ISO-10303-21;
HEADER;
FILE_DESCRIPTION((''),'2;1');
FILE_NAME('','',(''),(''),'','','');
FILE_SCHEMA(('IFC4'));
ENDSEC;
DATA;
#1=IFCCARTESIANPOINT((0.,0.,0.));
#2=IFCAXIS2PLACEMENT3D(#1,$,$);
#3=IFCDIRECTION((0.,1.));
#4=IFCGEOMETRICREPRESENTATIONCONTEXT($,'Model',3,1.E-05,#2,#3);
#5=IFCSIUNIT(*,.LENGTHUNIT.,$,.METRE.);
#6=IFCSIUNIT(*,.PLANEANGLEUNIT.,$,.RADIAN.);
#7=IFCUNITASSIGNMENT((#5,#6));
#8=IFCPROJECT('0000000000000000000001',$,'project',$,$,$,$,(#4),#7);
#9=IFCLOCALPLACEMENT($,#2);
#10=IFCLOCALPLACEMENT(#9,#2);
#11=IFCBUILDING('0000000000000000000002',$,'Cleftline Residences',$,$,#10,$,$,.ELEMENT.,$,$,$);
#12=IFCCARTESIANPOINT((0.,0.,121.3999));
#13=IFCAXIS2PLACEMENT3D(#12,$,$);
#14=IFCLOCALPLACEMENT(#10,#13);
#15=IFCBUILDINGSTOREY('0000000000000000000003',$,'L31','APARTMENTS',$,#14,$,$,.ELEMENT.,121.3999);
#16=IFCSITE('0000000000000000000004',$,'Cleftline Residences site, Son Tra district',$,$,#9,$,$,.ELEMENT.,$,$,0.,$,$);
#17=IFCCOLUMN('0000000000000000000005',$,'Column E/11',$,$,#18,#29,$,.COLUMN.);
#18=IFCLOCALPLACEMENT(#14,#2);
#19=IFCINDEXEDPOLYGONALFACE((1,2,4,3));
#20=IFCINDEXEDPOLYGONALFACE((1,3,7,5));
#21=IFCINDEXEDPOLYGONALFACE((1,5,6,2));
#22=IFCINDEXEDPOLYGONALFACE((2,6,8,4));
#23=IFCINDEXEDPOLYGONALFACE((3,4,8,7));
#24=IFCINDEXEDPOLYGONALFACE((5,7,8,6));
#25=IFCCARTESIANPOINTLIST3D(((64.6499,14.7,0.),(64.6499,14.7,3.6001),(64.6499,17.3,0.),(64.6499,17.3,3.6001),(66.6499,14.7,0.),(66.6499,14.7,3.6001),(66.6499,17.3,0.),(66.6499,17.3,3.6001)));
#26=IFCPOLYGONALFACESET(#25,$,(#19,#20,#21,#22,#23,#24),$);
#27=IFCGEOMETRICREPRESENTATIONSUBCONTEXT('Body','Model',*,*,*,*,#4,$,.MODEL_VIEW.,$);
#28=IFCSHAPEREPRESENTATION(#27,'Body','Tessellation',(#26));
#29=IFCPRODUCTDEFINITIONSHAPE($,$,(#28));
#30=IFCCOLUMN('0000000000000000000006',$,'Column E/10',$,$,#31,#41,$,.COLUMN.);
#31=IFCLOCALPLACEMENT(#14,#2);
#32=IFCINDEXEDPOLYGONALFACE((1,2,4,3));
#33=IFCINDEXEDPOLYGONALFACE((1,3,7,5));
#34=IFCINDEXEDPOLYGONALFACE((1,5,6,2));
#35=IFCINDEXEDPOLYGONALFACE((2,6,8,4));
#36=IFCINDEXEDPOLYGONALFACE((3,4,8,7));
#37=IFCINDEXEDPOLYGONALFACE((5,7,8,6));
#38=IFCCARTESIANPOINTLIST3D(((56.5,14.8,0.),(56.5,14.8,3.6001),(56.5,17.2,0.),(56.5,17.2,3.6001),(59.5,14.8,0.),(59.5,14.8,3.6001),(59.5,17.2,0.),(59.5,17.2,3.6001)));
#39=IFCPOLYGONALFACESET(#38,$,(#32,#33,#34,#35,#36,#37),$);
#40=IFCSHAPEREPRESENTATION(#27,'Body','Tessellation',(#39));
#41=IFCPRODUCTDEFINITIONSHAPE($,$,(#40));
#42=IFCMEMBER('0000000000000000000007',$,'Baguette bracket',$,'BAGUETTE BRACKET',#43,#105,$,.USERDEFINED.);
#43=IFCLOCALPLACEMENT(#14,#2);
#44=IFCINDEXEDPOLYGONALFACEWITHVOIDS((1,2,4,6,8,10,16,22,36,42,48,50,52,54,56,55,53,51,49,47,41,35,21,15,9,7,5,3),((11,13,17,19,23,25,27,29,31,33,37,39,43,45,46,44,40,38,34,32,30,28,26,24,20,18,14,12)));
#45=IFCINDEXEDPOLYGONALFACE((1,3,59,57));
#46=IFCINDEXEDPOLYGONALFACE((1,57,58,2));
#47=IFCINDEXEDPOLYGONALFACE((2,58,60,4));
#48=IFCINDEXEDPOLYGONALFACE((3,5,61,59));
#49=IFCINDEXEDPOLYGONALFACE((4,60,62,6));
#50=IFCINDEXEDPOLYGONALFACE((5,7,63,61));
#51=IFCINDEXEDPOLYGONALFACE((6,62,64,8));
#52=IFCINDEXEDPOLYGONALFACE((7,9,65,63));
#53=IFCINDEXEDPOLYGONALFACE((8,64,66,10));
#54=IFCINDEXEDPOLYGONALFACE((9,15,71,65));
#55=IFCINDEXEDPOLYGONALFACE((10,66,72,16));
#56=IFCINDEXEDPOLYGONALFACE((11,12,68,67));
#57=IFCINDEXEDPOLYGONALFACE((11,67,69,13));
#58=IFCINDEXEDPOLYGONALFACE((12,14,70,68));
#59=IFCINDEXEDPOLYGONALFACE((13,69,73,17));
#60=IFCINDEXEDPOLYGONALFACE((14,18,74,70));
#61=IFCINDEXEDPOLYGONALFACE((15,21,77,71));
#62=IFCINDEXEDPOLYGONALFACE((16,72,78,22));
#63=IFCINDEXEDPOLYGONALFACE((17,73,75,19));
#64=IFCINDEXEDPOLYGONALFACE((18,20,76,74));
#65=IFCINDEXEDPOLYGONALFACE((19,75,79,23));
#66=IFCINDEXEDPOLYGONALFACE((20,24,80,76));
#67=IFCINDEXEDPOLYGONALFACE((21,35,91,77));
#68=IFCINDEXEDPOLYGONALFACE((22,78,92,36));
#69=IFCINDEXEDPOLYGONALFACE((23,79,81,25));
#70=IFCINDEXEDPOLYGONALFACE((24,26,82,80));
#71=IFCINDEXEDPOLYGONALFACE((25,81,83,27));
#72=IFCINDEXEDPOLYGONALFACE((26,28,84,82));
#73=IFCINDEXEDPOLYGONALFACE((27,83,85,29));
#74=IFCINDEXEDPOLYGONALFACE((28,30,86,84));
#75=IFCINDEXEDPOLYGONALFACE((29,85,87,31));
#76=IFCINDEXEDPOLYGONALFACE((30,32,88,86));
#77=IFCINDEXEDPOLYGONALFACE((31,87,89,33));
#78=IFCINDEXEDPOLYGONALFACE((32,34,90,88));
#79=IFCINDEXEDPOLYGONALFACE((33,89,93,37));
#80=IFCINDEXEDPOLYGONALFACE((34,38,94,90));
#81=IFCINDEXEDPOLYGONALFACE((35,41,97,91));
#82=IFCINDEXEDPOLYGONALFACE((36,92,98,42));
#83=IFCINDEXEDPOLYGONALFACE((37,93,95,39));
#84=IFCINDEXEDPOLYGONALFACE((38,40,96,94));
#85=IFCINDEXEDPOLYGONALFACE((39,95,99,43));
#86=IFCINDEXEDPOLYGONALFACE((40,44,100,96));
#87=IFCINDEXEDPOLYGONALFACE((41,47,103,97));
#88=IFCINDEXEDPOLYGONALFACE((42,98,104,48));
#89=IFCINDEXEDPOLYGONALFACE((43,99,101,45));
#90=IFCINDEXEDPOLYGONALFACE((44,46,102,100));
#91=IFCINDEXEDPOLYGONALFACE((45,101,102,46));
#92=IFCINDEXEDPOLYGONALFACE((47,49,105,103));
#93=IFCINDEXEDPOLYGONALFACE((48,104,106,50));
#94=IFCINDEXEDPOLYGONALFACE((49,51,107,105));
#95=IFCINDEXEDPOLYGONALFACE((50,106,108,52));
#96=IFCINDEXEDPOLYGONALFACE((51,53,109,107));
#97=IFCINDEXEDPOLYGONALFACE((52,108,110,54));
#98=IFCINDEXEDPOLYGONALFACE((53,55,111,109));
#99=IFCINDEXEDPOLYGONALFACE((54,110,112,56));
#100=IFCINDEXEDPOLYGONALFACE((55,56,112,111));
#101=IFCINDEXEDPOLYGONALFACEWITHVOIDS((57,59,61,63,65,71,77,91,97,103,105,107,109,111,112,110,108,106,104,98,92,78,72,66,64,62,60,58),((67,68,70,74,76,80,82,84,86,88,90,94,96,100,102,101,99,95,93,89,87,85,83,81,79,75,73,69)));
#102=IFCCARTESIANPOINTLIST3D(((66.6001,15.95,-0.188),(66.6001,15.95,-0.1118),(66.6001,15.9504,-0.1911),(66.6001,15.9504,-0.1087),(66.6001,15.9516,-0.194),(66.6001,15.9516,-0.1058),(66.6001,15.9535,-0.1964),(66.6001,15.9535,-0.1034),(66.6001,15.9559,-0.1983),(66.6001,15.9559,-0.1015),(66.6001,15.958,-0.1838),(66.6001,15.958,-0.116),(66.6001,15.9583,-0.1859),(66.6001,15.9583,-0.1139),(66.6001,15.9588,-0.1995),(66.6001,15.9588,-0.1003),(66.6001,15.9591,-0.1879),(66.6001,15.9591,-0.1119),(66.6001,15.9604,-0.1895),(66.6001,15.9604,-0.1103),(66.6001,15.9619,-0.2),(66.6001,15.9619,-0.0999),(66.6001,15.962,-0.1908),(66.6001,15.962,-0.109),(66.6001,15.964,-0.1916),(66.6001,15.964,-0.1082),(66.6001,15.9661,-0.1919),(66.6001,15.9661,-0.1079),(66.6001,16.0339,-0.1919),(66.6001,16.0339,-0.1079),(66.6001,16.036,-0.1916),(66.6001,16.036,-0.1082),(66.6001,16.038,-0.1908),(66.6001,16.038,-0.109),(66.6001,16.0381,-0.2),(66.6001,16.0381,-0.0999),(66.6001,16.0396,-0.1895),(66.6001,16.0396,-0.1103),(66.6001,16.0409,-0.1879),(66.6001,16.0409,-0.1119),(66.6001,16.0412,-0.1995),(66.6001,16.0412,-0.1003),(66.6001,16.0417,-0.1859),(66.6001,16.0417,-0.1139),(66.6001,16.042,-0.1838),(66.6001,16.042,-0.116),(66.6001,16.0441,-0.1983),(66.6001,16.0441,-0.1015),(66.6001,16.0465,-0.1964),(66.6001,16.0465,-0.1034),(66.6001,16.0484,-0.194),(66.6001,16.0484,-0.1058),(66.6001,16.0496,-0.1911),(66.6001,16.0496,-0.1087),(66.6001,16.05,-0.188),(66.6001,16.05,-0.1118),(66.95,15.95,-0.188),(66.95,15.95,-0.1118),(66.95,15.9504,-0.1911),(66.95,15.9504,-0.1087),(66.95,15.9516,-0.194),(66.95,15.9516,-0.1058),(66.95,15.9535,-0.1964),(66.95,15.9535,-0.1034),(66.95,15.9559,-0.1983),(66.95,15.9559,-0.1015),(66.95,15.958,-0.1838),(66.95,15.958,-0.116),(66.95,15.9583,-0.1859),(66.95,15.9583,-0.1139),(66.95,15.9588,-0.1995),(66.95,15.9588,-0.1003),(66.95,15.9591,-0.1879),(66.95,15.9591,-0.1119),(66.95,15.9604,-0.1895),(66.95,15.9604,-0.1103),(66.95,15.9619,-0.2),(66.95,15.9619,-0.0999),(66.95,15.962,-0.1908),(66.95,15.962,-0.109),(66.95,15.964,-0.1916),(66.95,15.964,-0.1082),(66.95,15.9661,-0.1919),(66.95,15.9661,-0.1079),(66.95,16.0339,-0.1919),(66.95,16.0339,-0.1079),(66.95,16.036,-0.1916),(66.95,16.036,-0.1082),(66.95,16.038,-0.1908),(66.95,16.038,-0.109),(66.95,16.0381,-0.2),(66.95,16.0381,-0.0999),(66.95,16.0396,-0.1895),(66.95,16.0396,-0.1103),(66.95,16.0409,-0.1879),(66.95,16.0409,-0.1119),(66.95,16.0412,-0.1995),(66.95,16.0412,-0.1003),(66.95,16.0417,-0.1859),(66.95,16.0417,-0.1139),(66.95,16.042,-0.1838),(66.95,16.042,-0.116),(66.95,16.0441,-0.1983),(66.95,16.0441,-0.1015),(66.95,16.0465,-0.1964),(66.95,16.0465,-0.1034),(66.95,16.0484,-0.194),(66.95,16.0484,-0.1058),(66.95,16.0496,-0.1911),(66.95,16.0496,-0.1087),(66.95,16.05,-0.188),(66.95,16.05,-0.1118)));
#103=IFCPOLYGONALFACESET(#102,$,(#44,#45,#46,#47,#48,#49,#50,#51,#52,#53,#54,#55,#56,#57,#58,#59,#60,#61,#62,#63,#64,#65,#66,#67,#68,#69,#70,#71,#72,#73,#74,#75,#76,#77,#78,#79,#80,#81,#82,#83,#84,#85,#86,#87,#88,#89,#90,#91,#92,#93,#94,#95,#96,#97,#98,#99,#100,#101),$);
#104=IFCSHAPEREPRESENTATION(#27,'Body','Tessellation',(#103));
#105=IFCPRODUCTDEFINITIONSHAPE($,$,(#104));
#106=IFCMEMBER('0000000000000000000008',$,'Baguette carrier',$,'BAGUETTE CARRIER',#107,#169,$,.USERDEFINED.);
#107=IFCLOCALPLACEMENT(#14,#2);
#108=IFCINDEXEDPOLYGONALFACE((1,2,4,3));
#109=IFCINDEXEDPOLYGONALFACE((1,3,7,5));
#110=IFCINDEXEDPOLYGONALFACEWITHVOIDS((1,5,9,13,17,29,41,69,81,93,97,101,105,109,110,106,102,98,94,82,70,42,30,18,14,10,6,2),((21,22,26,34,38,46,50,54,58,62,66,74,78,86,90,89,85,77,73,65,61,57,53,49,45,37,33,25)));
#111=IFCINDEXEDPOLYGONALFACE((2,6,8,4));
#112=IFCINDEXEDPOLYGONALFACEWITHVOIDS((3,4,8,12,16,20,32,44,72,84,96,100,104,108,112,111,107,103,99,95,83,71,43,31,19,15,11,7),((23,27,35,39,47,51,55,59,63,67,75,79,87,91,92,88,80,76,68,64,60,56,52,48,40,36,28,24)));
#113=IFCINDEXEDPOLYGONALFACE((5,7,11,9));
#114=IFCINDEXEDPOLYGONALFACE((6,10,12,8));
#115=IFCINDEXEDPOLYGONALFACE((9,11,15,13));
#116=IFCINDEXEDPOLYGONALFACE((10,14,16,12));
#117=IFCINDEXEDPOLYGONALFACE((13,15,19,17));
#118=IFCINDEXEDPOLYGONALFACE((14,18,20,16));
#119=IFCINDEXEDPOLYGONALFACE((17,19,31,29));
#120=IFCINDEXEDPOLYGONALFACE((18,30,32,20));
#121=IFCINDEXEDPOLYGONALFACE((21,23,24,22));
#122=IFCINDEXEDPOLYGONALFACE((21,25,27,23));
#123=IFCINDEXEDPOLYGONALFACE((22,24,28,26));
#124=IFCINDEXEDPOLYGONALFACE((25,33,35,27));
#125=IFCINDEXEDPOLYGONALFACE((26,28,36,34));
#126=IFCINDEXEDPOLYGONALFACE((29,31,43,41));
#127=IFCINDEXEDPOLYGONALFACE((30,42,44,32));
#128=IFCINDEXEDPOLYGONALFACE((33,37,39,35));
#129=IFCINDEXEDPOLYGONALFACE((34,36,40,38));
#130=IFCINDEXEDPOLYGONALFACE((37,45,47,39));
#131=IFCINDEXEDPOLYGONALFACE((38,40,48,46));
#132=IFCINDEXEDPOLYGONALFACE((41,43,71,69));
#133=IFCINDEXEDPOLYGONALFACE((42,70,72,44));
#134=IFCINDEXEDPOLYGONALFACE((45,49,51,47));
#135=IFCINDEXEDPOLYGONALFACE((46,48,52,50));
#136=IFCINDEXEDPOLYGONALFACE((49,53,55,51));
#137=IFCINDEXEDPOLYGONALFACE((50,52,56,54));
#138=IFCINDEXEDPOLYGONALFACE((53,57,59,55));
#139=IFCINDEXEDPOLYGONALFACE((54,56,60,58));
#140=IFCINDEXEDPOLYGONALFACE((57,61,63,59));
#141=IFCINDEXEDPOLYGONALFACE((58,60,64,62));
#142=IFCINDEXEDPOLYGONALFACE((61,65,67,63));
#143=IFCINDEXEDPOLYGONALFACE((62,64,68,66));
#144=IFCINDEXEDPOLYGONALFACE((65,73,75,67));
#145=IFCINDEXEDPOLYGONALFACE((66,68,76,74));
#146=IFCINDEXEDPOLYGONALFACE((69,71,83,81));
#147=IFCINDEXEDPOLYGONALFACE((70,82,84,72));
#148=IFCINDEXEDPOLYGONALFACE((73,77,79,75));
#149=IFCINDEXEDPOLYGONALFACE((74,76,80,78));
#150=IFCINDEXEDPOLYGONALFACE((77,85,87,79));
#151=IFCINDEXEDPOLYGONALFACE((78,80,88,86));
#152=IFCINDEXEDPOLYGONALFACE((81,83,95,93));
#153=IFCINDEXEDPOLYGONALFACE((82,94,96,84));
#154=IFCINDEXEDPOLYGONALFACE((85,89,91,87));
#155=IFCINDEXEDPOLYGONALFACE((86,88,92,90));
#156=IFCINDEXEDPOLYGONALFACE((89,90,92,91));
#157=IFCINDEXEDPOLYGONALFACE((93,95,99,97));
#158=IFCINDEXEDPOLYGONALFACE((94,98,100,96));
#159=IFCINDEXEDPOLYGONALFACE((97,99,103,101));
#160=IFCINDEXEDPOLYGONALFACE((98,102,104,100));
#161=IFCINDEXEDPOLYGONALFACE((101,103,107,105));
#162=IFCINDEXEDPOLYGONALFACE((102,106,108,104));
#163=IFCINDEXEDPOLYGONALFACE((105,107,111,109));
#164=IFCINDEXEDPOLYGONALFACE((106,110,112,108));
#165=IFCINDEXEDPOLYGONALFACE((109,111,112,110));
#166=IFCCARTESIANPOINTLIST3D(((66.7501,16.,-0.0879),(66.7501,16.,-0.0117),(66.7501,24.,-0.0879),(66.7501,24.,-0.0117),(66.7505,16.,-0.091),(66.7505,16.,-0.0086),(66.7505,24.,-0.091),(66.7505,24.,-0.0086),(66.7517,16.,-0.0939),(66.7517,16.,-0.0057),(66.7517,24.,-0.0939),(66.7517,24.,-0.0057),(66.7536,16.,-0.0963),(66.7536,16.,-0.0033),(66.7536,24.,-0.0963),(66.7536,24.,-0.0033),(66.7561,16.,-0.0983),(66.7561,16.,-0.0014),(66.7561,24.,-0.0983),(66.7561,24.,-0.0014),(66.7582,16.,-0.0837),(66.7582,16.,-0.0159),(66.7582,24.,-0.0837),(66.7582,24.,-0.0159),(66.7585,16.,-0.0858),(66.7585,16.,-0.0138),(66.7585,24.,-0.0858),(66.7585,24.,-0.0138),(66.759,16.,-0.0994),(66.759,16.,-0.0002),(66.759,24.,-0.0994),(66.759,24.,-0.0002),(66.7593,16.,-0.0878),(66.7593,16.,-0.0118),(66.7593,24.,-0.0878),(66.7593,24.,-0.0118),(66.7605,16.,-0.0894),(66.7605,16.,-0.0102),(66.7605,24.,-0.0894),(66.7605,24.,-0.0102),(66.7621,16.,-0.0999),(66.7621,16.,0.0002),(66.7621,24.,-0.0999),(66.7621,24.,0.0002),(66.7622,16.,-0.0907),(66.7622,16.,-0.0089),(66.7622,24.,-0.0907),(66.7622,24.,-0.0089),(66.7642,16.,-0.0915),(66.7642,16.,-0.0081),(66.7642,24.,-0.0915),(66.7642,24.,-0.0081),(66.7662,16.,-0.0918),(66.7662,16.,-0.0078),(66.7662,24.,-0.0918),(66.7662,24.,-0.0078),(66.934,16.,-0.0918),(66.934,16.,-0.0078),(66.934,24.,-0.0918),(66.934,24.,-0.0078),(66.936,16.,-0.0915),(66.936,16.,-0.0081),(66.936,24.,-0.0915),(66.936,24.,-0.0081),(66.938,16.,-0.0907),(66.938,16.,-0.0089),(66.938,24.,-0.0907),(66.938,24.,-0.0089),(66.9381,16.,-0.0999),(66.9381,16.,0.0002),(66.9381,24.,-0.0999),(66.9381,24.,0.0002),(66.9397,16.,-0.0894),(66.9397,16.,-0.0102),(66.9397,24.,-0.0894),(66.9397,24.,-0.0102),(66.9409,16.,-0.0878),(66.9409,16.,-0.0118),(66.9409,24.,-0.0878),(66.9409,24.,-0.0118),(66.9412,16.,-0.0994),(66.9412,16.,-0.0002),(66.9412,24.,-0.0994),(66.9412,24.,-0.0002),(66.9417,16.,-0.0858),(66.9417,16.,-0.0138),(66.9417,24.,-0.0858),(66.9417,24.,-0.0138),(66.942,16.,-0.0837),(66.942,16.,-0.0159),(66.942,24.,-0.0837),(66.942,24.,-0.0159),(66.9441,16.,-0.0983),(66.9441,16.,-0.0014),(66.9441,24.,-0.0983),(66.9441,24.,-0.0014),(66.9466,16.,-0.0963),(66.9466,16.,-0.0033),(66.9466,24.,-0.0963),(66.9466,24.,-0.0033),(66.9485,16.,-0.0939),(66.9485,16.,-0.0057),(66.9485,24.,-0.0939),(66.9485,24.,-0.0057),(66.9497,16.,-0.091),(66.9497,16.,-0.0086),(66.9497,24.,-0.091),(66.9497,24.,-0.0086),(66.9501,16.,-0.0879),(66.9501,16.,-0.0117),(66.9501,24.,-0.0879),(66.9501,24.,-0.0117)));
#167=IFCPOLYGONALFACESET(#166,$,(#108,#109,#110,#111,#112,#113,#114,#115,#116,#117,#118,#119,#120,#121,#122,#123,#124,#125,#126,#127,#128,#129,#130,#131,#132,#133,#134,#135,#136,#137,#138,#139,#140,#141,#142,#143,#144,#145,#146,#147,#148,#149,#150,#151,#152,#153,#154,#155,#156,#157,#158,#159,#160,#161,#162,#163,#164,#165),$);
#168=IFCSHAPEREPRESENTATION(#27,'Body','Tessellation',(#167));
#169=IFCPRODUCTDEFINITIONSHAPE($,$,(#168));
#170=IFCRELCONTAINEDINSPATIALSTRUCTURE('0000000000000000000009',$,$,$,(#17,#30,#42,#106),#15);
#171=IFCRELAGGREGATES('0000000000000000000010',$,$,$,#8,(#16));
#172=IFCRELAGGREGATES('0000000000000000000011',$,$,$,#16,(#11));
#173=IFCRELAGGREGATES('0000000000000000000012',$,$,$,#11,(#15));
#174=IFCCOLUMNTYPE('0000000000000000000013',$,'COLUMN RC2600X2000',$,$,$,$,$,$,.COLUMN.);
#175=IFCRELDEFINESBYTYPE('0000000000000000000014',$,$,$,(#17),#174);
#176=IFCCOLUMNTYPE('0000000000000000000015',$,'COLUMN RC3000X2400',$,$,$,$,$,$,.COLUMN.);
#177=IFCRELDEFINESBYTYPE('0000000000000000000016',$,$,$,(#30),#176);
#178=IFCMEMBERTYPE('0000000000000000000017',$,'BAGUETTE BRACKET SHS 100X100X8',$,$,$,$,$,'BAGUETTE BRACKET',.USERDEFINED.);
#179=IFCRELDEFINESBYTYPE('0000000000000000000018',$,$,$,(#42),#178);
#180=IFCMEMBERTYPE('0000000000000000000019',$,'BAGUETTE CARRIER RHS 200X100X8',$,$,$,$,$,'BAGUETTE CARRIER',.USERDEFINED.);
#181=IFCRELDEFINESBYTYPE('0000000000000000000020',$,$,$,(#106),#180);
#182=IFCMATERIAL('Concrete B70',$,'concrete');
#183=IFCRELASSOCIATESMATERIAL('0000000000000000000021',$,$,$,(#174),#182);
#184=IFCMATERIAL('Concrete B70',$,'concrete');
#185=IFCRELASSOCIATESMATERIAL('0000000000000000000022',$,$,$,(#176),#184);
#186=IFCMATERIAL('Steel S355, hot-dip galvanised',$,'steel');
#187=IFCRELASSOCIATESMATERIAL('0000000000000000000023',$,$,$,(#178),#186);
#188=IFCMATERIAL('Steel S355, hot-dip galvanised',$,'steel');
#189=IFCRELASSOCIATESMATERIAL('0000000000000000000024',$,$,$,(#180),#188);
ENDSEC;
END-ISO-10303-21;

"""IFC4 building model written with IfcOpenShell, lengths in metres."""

from ifc_helpers import new_model, si_unit, direction, frame, origin, origin_2d, place, context, subcontext, project, spatial, rectangle, hollow_rectangle, extrude, material, material_profile, profile_set, type_object, element, save


model = new_model("IFC4")

# Units and contexts
model_context = context("Model", 3, precision=1e-05, world=origin(), true_north=direction((0.0, 1.0)))
body_context = subcontext(model_context, "Body", "Model", "MODEL_VIEW")
ifc_project = project(units=[si_unit("LENGTHUNIT", "METRE"), si_unit("PLANEANGLEUNIT", "RADIAN")], contexts=[model_context])

# Site, building, storey
site_placement = place(None, origin())
site = spatial("IfcSite", under=ifc_project, at=site_placement, Name="Cleftline Residences site, Son Tra district", CompositionType="ELEMENT", RefElevation=0.0)
building_placement = place(site_placement, origin())
building = spatial("IfcBuilding", under=site, at=building_placement, Name="Cleftline Residences", CompositionType="ELEMENT")
storey_placement = place(building_placement, frame((0.0, 0.0, 121.3999)))
storey = spatial("IfcBuildingStorey", under=building, at=storey_placement, Name="L31", Description="APARTMENTS", CompositionType="ELEMENT", Elevation=121.3999)

# Columns
ifc_material_1 = material(Name="Concrete B70", Category="concrete")
ifc_material_profile_1 = material_profile(ifc_material_1, rectangle(XDim=2.6001, YDim=2.0, at=origin_2d()))
ifc_profile_set_1 = profile_set([ifc_material_profile_1], Name="Concrete B70")
column_type_1 = type_object("IfcColumnType", Name="COLUMN RC2600X2000", PredefinedType="COLUMN", material=ifc_profile_set_1)
column_1_placement = place(storey_placement, frame((65.6499, 16.0, 0.0), z_axis=(0.0, 0.0, 1.0), x_axis=(0.0, 1.0, 0.0)))
element("IfcColumn", 1, at=column_1_placement, inside=storey, type_object=column_type_1, Name="Column E/11", PredefinedType="COLUMN", context=body_context, shape_type="SweptSolid", body=[
    extrude(rectangle(XDim=2.6001, YDim=2.0, at=origin_2d()), origin(), (0.0, 0.0, 1.0), 3.6001),
])
ifc_material_2 = material(Name="Concrete B70", Category="concrete")
ifc_material_profile_2 = material_profile(ifc_material_2, rectangle(XDim=3.0, YDim=2.3999, at=origin_2d()))
ifc_profile_set_2 = profile_set([ifc_material_profile_2], Name="Concrete B70")
column_type_2 = type_object("IfcColumnType", Name="COLUMN RC3000X2400", PredefinedType="COLUMN", material=ifc_profile_set_2)
column_2_placement = place(storey_placement, frame((58.0, 16.0, 0.0), z_axis=(0.0, 0.0, 1.0), x_axis=(1.0, 0.0, 0.0)))
element("IfcColumn", 2, at=column_2_placement, inside=storey, type_object=column_type_2, Name="Column E/10", PredefinedType="COLUMN", context=body_context, shape_type="SweptSolid", body=[
    extrude(rectangle(XDim=3.0, YDim=2.3999, at=origin_2d()), origin(), (0.0, 0.0, 1.0), 3.6001),
])

# Members
ifc_material_3 = material(Name="Steel S355, hot-dip galvanised", Category="steel")
ifc_material_profile_3 = material_profile(ifc_material_3, hollow_rectangle(XDim=0.1001, YDim=0.1001, WallThickness=0.0081, InnerFilletRadius=0.0081, OuterFilletRadius=0.012, at=origin_2d()))
ifc_profile_set_3 = profile_set([ifc_material_profile_3], Name="Steel S355, hot-dip galvanised")
member_type_1 = type_object("IfcMemberType", Name="BAGUETTE BRACKET SHS 100X100X8", ElementType="BAGUETTE BRACKET", PredefinedType="USERDEFINED", material=ifc_profile_set_3)
member_1_placement = place(storey_placement, frame((66.6001, 16.0, -0.1499), z_axis=(1.0, 0.0, 0.0), x_axis=(0.0, 1.0, 0.0)))
element("IfcMember", 3, at=member_1_placement, inside=storey, type_object=member_type_1, Name="Baguette bracket", ObjectType="BAGUETTE BRACKET", PredefinedType="USERDEFINED", context=body_context, shape_type="SweptSolid", body=[
    extrude(hollow_rectangle(XDim=0.1001, YDim=0.1001, WallThickness=0.0081, InnerFilletRadius=0.0081, OuterFilletRadius=0.012, at=origin_2d()), origin(), (0.0, 0.0, 1.0), 0.3499),
])
ifc_material_4 = material(Name="Steel S355, hot-dip galvanised", Category="steel")
ifc_material_profile_4 = material_profile(ifc_material_4, hollow_rectangle(XDim=0.1001, YDim=0.2, WallThickness=0.0081, InnerFilletRadius=0.0081, OuterFilletRadius=0.012, at=origin_2d()))
ifc_profile_set_4 = profile_set([ifc_material_profile_4], Name="Steel S355, hot-dip galvanised")
member_type_2 = type_object("IfcMemberType", Name="BAGUETTE CARRIER RHS 200X100X8", ElementType="BAGUETTE CARRIER", PredefinedType="USERDEFINED", material=ifc_profile_set_4)
member_2_placement = place(storey_placement, frame((66.8501, 16.0, -0.0498), z_axis=(0.0, 1.0, 0.0), x_axis=(0.0, 0.0, 1.0)))
element("IfcMember", 4, at=member_2_placement, inside=storey, type_object=member_type_2, Name="Baguette carrier", ObjectType="BAGUETTE CARRIER", PredefinedType="USERDEFINED", context=body_context, shape_type="SweptSolid", body=[
    extrude(hollow_rectangle(XDim=0.1001, YDim=0.2, WallThickness=0.0081, InnerFilletRadius=0.0081, OuterFilletRadius=0.012, at=origin_2d()), origin(), (0.0, 0.0, 1.0), 8.0),
])

save(model, "model.ifc")
